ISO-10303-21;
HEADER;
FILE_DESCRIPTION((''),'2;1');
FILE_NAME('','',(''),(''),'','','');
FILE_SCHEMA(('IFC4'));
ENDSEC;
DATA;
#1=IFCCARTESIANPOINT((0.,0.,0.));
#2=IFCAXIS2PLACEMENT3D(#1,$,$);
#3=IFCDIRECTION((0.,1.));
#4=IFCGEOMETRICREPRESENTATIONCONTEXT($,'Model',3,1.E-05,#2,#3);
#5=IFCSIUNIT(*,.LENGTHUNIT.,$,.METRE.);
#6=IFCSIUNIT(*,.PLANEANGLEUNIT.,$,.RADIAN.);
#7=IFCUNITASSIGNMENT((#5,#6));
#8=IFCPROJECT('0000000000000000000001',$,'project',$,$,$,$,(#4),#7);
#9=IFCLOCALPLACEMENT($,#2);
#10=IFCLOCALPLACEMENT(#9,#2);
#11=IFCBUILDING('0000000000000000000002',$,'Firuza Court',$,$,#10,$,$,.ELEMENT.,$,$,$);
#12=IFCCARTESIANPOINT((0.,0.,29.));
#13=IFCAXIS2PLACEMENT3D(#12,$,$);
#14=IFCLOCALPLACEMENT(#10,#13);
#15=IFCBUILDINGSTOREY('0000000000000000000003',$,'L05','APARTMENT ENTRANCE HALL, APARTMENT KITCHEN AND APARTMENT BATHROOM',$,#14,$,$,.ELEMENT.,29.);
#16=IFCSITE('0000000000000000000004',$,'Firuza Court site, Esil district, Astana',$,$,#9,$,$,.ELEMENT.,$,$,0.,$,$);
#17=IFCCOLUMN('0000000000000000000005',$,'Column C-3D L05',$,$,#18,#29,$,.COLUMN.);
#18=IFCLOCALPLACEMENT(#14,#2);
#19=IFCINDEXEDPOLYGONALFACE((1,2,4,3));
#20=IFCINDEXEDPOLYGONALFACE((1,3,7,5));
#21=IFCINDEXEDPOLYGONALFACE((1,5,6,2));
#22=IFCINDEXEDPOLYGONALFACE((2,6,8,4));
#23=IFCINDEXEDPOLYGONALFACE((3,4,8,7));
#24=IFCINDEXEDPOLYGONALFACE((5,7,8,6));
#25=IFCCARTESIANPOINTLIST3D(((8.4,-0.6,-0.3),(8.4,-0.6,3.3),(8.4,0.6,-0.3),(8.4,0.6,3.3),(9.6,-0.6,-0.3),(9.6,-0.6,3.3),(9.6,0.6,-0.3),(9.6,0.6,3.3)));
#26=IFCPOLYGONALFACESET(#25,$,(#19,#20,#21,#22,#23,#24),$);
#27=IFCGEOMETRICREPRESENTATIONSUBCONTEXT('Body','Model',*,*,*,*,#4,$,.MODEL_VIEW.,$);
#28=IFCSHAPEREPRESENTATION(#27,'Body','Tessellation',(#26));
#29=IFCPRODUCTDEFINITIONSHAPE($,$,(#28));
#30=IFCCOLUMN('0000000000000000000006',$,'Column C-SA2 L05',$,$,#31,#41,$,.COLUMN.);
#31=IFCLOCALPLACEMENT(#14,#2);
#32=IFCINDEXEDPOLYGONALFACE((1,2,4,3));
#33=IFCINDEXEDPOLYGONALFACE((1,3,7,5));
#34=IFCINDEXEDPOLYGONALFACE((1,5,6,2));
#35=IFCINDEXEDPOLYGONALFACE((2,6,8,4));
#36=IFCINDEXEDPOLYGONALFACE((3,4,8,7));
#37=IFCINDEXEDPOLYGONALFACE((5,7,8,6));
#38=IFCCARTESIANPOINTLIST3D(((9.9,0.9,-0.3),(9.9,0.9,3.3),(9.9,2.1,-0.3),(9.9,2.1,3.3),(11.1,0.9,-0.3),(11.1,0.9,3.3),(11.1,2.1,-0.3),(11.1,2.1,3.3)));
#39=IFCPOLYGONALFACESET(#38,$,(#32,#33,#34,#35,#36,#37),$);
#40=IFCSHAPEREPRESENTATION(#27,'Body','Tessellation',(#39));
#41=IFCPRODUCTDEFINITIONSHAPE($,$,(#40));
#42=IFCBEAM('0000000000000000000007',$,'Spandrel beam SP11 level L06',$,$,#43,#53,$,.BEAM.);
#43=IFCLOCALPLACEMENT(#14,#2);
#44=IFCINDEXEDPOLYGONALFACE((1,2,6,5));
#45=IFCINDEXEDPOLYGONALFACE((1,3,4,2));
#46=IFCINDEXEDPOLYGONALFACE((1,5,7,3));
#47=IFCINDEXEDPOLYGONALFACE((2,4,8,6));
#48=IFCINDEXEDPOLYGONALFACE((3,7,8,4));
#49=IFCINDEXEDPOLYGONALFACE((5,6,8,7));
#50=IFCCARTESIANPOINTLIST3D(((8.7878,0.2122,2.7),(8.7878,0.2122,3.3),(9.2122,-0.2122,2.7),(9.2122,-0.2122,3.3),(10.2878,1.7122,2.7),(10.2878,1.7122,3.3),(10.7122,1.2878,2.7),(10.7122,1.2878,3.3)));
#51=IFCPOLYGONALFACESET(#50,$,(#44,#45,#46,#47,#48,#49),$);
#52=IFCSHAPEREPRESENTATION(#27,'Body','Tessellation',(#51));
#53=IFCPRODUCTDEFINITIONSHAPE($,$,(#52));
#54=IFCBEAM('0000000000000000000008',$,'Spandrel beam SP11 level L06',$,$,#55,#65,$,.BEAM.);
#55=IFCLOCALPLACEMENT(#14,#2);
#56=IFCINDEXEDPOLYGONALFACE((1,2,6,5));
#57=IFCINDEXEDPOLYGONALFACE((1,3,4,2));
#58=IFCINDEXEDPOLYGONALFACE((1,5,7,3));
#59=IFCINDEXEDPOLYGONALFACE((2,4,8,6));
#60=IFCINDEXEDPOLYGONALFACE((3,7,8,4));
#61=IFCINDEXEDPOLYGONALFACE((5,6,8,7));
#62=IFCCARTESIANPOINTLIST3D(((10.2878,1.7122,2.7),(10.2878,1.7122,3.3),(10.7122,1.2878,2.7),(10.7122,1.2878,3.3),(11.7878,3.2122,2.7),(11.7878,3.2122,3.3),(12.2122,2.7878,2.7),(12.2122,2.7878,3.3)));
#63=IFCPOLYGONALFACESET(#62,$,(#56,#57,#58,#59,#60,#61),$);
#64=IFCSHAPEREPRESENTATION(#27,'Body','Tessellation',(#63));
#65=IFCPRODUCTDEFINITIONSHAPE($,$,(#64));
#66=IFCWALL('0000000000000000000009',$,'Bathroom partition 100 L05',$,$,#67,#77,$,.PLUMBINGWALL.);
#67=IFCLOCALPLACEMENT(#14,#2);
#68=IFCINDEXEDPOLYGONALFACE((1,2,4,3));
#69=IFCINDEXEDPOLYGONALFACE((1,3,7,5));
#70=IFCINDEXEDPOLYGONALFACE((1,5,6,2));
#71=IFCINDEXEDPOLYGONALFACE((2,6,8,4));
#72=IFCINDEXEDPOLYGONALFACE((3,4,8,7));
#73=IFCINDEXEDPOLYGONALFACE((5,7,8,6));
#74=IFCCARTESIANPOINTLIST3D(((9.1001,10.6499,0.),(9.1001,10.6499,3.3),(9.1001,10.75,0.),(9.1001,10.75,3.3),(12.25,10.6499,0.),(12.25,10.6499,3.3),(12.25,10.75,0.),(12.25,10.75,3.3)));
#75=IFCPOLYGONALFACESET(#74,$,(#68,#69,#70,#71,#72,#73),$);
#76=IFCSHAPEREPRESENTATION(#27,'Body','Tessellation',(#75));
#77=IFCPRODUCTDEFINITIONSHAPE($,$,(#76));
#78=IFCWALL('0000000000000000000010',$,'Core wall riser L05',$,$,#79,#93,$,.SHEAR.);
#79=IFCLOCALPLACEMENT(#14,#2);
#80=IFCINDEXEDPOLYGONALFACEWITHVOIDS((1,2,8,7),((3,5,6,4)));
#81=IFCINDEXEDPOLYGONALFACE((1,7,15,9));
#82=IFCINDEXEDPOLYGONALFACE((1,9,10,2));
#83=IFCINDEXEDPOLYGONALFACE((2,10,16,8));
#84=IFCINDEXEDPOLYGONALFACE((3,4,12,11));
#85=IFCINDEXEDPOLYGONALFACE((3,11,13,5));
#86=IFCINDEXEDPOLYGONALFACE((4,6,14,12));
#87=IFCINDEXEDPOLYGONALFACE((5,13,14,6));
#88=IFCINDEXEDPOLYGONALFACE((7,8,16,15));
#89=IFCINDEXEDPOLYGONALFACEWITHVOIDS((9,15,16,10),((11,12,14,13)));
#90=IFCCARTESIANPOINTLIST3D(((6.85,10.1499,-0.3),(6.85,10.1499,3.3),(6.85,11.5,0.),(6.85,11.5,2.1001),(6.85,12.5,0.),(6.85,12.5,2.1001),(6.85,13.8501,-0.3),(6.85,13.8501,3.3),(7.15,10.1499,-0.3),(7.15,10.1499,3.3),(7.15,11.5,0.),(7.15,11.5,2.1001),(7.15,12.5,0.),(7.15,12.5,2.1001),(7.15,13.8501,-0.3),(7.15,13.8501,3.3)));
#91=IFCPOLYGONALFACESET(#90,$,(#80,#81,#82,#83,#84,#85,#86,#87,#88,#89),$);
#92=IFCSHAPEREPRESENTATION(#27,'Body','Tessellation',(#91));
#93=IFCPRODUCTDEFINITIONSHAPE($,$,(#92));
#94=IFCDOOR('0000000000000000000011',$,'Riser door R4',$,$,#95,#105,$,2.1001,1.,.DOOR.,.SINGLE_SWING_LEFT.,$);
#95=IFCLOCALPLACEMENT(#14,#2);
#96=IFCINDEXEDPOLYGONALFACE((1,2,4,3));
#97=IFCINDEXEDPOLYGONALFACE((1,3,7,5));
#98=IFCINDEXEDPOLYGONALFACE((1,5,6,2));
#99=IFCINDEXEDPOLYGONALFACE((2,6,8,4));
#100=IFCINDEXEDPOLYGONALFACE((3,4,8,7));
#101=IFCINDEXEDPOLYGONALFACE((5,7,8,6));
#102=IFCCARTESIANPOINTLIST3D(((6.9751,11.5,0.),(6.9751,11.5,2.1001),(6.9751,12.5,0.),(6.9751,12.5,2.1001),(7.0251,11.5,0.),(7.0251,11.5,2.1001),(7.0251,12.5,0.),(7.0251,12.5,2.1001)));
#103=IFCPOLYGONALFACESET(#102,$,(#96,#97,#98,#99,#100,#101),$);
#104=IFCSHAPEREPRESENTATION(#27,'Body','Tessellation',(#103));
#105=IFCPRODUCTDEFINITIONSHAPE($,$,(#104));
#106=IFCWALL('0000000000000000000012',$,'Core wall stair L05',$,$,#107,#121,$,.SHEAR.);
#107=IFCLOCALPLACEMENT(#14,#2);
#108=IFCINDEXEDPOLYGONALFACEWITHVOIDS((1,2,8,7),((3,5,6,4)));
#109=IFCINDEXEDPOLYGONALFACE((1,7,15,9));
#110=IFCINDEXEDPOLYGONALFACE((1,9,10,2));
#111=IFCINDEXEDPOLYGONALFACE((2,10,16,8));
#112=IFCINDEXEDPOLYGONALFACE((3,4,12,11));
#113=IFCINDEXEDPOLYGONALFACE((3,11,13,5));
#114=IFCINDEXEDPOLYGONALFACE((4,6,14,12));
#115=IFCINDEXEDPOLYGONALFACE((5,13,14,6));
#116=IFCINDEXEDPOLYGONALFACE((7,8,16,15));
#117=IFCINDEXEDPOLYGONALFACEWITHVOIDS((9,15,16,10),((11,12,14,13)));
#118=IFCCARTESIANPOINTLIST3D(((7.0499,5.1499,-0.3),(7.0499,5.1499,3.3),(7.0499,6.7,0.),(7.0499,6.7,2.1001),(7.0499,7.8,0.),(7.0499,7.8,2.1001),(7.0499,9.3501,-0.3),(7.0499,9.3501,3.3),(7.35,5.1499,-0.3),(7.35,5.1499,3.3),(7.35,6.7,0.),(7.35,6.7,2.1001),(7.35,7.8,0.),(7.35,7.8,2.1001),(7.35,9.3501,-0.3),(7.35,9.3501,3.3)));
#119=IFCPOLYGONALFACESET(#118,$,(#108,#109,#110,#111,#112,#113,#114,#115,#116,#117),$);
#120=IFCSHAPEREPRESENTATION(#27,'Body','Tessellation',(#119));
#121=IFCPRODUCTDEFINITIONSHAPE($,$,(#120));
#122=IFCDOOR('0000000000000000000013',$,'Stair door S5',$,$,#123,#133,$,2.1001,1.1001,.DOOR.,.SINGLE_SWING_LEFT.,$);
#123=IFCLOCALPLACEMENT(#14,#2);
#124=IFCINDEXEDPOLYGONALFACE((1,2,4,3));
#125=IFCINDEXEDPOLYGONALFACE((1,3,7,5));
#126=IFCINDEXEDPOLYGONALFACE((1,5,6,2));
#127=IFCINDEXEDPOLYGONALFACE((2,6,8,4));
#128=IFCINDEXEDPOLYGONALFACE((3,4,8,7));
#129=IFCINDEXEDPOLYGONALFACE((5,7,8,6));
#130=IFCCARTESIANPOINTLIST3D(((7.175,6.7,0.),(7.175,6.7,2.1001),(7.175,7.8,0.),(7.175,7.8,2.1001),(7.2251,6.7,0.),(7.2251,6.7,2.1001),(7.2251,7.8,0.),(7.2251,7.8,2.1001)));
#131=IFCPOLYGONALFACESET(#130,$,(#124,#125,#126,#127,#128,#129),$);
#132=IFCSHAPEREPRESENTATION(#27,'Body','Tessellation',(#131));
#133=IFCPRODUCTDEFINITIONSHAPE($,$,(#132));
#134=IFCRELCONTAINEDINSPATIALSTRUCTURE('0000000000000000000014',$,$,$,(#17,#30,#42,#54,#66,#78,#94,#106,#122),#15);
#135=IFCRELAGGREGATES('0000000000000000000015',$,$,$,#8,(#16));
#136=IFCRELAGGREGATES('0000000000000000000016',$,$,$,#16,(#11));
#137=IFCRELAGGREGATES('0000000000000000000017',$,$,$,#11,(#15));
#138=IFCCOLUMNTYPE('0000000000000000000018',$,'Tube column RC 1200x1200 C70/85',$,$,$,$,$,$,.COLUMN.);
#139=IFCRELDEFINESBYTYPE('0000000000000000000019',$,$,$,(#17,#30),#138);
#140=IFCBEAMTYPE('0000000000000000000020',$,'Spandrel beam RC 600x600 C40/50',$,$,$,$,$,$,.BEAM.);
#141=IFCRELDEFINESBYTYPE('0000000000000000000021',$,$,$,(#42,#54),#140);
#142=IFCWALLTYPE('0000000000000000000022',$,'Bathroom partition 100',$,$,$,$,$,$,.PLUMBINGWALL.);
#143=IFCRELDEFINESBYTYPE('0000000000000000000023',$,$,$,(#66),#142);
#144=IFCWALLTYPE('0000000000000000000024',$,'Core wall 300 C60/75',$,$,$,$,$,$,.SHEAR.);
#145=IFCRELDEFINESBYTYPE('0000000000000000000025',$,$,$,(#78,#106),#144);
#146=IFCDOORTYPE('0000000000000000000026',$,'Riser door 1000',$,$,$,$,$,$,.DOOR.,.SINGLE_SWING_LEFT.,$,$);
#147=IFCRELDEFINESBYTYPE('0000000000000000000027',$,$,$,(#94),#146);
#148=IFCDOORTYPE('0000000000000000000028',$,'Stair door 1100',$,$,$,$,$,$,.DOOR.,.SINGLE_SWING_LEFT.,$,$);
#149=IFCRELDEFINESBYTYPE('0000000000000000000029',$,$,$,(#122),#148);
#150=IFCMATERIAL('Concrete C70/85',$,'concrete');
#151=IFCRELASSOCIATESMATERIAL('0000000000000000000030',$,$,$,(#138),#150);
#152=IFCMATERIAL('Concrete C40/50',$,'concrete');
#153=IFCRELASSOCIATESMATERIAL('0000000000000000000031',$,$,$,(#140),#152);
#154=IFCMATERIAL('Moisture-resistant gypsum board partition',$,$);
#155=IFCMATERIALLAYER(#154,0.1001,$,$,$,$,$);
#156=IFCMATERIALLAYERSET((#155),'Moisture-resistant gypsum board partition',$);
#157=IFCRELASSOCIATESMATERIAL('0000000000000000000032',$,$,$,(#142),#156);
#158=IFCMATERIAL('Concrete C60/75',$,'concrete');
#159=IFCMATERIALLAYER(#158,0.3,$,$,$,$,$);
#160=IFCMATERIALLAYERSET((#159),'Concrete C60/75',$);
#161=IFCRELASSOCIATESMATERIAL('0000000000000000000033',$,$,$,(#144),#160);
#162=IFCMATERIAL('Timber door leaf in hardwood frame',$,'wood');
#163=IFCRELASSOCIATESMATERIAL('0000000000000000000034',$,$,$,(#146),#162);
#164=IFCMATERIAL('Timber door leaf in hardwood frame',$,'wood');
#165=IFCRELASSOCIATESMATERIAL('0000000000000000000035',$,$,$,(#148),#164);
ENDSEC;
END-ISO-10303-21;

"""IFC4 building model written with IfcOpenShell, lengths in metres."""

from ifc_helpers import new_model, si_unit, direction, frame, frame_2d, origin, origin_2d, place, context, subcontext, project, spatial, rectangle, extrude, material, layer, layer_set, material_profile, profile_set, type_object, element, fill, save


model = new_model("IFC4")

# Units and contexts
model_context = context("Model", 3, precision=1e-05, world=origin(), true_north=direction((0.0, 1.0)))
body_context = subcontext(model_context, "Body", "Model", "MODEL_VIEW")
ifc_project = project(units=[si_unit("LENGTHUNIT", "METRE"), si_unit("PLANEANGLEUNIT", "RADIAN")], contexts=[model_context])

# Site, building, storey
site_placement = place(None, origin())
site = spatial("IfcSite", under=ifc_project, at=site_placement, Name="Firuza Court site, Esil district, Astana", CompositionType="ELEMENT", RefElevation=0.0)
building_placement = place(site_placement, origin())
building = spatial("IfcBuilding", under=site, at=building_placement, Name="Firuza Court", CompositionType="ELEMENT")
storey_placement = place(building_placement, frame((0.0, 0.0, 29.0)))
storey = spatial("IfcBuildingStorey", under=building, at=storey_placement, Name="L05", Description="APARTMENT ENTRANCE HALL, APARTMENT KITCHEN AND APARTMENT BATHROOM", CompositionType="ELEMENT", Elevation=29.0)

# Columns
ifc_material_1 = material(Name="Concrete C70/85", Category="concrete")
ifc_material_profile_1 = material_profile(ifc_material_1, rectangle(XDim=1.2, YDim=1.2, at=origin_2d()), Name="RC 1200x1200")
ifc_profile_set_1 = profile_set([ifc_material_profile_1], Name="Concrete C70/85")
column_type = type_object("IfcColumnType", Name="Tube column RC 1200x1200 C70/85", PredefinedType="COLUMN", material=ifc_profile_set_1)
for number, where, z_axis, x_axis, name in (
    (1, (9.0, 0.0, -0.3), (0.0, 0.0, 1.0), (1.0, 0.0, 0.0), "Column C-3D L05"),
    (2, (10.5, 1.5, -0.3), (0.0, 0.0, 1.0), (1.0, 0.0, 0.0), "Column C-SA2 L05"),
):
    element("IfcColumn", number, at=place(storey_placement, frame(where, z_axis=z_axis, x_axis=x_axis)), inside=storey, type_object=column_type, Name=name, PredefinedType="COLUMN", context=body_context, shape_type="SweptSolid", body=[
        extrude(rectangle(XDim=1.2, YDim=1.2, at=origin_2d()), origin(), (0.0, 0.0, 1.0), 3.6001),
    ])

# Beams
ifc_material_2 = material(Name="Concrete C40/50", Category="concrete")
ifc_material_profile_2 = material_profile(ifc_material_2, rectangle(XDim=0.6001, YDim=0.6001, at=origin_2d()), Name="RC 600x600")
ifc_profile_set_2 = profile_set([ifc_material_profile_2], Name="Concrete C40/50")
beam_type = type_object("IfcBeamType", Name="Spandrel beam RC 600x600 C40/50", PredefinedType="BEAM", material=ifc_profile_set_2)
for number, where, z_axis, x_axis, name in (
    (3, (9.0, 0.0, 3.0), (0.707107, 0.707107, 0.0), (-0.707107, 0.707107, 0.0), "Spandrel beam SP11 level L06"),
    (4, (10.5, 1.5, 3.0), (0.707107, 0.707107, 0.0), (-0.707107, 0.707107, 0.0), "Spandrel beam SP11 level L06"),
):
    element("IfcBeam", number, at=place(storey_placement, frame(where, z_axis=z_axis, x_axis=x_axis)), inside=storey, type_object=beam_type, Name=name, PredefinedType="BEAM", context=body_context, shape_type="SweptSolid", body=[
        extrude(rectangle(XDim=0.6001, YDim=0.6001, at=origin_2d()), origin(), (0.0, 0.0, 1.0), 2.1213),
    ])

# Wall
ifc_material_3 = material(Name="Moisture-resistant gypsum board partition")
ifc_layer_1 = layer(ifc_material_3, 0.1001)
ifc_layer_set_1 = layer_set([ifc_layer_1], Name="Moisture-resistant gypsum board partition")
wall_type_1 = type_object("IfcWallType", Name="Bathroom partition 100", PredefinedType="PLUMBINGWALL", material=ifc_layer_set_1)
wall_1_placement = place(storey_placement, frame((9.1001, 10.7, 0.0), z_axis=(0.0, 0.0, 1.0), x_axis=(1.0, 0.0, 0.0)))
element("IfcWall", 5, at=wall_1_placement, inside=storey, type_object=wall_type_1, Name="Bathroom partition 100 L05", PredefinedType="PLUMBINGWALL", context=body_context, shape_type="SweptSolid", body=[
    extrude(rectangle(XDim=3.1499, YDim=0.1001, at=frame_2d((1.575, 0.0))), origin(), (0.0, 0.0, 1.0), 3.3),
])

# Walls, openings, doors
ifc_material_4 = material(Name="Concrete C60/75", Category="concrete")
ifc_layer_2 = layer(ifc_material_4, 0.3)
ifc_layer_set_2 = layer_set([ifc_layer_2], Name="Concrete C60/75")
wall_type_2 = type_object("IfcWallType", Name="Core wall 300 C60/75", PredefinedType="SHEAR", material=ifc_layer_set_2)
wall_2_placement = place(storey_placement, frame((7.0, 10.1499, -0.3), z_axis=(0.0, 0.0, 1.0), x_axis=(0.0, 1.0, 0.0)))
wall_2 = element("IfcWall", 6, at=wall_2_placement, inside=storey, type_object=wall_type_2, Name="Core wall riser L05", PredefinedType="SHEAR", context=body_context, shape_type="SweptSolid", body=[
    extrude(rectangle(XDim=3.7002, YDim=0.3, at=frame_2d((1.8501, 0.0))), origin(), (0.0, 0.0, 1.0), 3.6001),
])
opening_1_placement = place(wall_2_placement, frame((1.3501, 0.0, 0.3)))
opening_1 = element("IfcOpeningElement", 7, at=opening_1_placement, cuts=wall_2, PredefinedType="OPENING", context=body_context, shape_type="SweptSolid", body=[
    extrude(rectangle(XDim=1.0, YDim=2.1001, at=frame_2d((0.5, 1.05))), frame((0.0, 0.1621, 0.0), z_axis=(0.0, -1.0, 0.0), x_axis=(1.0, 0.0, 0.0)), (0.0, 0.0, 1.0), 0.324),
])
ifc_material_5 = material(Name="Timber door leaf in hardwood frame", Category="wood")
door_type_1 = type_object("IfcDoorType", Name="Riser door 1000", OperationType="SINGLE_SWING_LEFT", PredefinedType="DOOR", material=ifc_material_5)
door_1_placement = place(opening_1_placement, origin())
door_1 = element("IfcDoor", 8, at=door_1_placement, inside=storey, type_object=door_type_1, Name="Riser door R4", OperationType="SINGLE_SWING_LEFT", OverallHeight=2.1001, OverallWidth=1.0, PredefinedType="DOOR", context=body_context, shape_type="SweptSolid", body=[
    extrude(rectangle(XDim=1.0, YDim=2.1001, at=frame_2d((0.5, 1.05))), frame((0.0, 0.0249, 0.0), z_axis=(0.0, -1.0, 0.0), x_axis=(1.0, 0.0, 0.0)), (0.0, 0.0, 1.0), 0.05),
])
fill(opening_1, door_1)
wall_3_placement = place(storey_placement, frame((7.2, 5.1499, -0.3), z_axis=(0.0, 0.0, 1.0), x_axis=(0.0, 1.0, 0.0)))
wall_3 = element("IfcWall", 9, at=wall_3_placement, inside=storey, type_object=wall_type_2, Name="Core wall stair L05", PredefinedType="SHEAR", context=body_context, shape_type="SweptSolid", body=[
    extrude(rectangle(XDim=4.2002, YDim=0.3, at=frame_2d((2.1001, 0.0))), origin(), (0.0, 0.0, 1.0), 3.6001),
])
opening_2_placement = place(wall_3_placement, frame((1.55, 0.0, 0.3)))
opening_2 = element("IfcOpeningElement", 10, at=opening_2_placement, cuts=wall_3, PredefinedType="OPENING", context=body_context, shape_type="SweptSolid", body=[
    extrude(rectangle(XDim=1.1001, YDim=2.1001, at=frame_2d((0.55, 1.05))), frame((0.0, 0.1621, 0.0), z_axis=(0.0, -1.0, 0.0), x_axis=(1.0, 0.0, 0.0)), (0.0, 0.0, 1.0), 0.324),
])
ifc_material_6 = material(Name="Timber door leaf in hardwood frame", Category="wood")
door_type_2 = type_object("IfcDoorType", Name="Stair door 1100", OperationType="SINGLE_SWING_LEFT", PredefinedType="DOOR", material=ifc_material_6)
door_2_placement = place(opening_2_placement, origin())
door_2 = element("IfcDoor", 11, at=door_2_placement, inside=storey, type_object=door_type_2, Name="Stair door S5", OperationType="SINGLE_SWING_LEFT", OverallHeight=2.1001, OverallWidth=1.1001, PredefinedType="DOOR", context=body_context, shape_type="SweptSolid", body=[
    extrude(rectangle(XDim=1.1001, YDim=2.1001, at=frame_2d((0.55, 1.05))), frame((0.0, 0.0249, 0.0), z_axis=(0.0, -1.0, 0.0), x_axis=(1.0, 0.0, 0.0)), (0.0, 0.0, 1.0), 0.05),
])
fill(opening_2, door_2)

save(model, "model.ifc")
